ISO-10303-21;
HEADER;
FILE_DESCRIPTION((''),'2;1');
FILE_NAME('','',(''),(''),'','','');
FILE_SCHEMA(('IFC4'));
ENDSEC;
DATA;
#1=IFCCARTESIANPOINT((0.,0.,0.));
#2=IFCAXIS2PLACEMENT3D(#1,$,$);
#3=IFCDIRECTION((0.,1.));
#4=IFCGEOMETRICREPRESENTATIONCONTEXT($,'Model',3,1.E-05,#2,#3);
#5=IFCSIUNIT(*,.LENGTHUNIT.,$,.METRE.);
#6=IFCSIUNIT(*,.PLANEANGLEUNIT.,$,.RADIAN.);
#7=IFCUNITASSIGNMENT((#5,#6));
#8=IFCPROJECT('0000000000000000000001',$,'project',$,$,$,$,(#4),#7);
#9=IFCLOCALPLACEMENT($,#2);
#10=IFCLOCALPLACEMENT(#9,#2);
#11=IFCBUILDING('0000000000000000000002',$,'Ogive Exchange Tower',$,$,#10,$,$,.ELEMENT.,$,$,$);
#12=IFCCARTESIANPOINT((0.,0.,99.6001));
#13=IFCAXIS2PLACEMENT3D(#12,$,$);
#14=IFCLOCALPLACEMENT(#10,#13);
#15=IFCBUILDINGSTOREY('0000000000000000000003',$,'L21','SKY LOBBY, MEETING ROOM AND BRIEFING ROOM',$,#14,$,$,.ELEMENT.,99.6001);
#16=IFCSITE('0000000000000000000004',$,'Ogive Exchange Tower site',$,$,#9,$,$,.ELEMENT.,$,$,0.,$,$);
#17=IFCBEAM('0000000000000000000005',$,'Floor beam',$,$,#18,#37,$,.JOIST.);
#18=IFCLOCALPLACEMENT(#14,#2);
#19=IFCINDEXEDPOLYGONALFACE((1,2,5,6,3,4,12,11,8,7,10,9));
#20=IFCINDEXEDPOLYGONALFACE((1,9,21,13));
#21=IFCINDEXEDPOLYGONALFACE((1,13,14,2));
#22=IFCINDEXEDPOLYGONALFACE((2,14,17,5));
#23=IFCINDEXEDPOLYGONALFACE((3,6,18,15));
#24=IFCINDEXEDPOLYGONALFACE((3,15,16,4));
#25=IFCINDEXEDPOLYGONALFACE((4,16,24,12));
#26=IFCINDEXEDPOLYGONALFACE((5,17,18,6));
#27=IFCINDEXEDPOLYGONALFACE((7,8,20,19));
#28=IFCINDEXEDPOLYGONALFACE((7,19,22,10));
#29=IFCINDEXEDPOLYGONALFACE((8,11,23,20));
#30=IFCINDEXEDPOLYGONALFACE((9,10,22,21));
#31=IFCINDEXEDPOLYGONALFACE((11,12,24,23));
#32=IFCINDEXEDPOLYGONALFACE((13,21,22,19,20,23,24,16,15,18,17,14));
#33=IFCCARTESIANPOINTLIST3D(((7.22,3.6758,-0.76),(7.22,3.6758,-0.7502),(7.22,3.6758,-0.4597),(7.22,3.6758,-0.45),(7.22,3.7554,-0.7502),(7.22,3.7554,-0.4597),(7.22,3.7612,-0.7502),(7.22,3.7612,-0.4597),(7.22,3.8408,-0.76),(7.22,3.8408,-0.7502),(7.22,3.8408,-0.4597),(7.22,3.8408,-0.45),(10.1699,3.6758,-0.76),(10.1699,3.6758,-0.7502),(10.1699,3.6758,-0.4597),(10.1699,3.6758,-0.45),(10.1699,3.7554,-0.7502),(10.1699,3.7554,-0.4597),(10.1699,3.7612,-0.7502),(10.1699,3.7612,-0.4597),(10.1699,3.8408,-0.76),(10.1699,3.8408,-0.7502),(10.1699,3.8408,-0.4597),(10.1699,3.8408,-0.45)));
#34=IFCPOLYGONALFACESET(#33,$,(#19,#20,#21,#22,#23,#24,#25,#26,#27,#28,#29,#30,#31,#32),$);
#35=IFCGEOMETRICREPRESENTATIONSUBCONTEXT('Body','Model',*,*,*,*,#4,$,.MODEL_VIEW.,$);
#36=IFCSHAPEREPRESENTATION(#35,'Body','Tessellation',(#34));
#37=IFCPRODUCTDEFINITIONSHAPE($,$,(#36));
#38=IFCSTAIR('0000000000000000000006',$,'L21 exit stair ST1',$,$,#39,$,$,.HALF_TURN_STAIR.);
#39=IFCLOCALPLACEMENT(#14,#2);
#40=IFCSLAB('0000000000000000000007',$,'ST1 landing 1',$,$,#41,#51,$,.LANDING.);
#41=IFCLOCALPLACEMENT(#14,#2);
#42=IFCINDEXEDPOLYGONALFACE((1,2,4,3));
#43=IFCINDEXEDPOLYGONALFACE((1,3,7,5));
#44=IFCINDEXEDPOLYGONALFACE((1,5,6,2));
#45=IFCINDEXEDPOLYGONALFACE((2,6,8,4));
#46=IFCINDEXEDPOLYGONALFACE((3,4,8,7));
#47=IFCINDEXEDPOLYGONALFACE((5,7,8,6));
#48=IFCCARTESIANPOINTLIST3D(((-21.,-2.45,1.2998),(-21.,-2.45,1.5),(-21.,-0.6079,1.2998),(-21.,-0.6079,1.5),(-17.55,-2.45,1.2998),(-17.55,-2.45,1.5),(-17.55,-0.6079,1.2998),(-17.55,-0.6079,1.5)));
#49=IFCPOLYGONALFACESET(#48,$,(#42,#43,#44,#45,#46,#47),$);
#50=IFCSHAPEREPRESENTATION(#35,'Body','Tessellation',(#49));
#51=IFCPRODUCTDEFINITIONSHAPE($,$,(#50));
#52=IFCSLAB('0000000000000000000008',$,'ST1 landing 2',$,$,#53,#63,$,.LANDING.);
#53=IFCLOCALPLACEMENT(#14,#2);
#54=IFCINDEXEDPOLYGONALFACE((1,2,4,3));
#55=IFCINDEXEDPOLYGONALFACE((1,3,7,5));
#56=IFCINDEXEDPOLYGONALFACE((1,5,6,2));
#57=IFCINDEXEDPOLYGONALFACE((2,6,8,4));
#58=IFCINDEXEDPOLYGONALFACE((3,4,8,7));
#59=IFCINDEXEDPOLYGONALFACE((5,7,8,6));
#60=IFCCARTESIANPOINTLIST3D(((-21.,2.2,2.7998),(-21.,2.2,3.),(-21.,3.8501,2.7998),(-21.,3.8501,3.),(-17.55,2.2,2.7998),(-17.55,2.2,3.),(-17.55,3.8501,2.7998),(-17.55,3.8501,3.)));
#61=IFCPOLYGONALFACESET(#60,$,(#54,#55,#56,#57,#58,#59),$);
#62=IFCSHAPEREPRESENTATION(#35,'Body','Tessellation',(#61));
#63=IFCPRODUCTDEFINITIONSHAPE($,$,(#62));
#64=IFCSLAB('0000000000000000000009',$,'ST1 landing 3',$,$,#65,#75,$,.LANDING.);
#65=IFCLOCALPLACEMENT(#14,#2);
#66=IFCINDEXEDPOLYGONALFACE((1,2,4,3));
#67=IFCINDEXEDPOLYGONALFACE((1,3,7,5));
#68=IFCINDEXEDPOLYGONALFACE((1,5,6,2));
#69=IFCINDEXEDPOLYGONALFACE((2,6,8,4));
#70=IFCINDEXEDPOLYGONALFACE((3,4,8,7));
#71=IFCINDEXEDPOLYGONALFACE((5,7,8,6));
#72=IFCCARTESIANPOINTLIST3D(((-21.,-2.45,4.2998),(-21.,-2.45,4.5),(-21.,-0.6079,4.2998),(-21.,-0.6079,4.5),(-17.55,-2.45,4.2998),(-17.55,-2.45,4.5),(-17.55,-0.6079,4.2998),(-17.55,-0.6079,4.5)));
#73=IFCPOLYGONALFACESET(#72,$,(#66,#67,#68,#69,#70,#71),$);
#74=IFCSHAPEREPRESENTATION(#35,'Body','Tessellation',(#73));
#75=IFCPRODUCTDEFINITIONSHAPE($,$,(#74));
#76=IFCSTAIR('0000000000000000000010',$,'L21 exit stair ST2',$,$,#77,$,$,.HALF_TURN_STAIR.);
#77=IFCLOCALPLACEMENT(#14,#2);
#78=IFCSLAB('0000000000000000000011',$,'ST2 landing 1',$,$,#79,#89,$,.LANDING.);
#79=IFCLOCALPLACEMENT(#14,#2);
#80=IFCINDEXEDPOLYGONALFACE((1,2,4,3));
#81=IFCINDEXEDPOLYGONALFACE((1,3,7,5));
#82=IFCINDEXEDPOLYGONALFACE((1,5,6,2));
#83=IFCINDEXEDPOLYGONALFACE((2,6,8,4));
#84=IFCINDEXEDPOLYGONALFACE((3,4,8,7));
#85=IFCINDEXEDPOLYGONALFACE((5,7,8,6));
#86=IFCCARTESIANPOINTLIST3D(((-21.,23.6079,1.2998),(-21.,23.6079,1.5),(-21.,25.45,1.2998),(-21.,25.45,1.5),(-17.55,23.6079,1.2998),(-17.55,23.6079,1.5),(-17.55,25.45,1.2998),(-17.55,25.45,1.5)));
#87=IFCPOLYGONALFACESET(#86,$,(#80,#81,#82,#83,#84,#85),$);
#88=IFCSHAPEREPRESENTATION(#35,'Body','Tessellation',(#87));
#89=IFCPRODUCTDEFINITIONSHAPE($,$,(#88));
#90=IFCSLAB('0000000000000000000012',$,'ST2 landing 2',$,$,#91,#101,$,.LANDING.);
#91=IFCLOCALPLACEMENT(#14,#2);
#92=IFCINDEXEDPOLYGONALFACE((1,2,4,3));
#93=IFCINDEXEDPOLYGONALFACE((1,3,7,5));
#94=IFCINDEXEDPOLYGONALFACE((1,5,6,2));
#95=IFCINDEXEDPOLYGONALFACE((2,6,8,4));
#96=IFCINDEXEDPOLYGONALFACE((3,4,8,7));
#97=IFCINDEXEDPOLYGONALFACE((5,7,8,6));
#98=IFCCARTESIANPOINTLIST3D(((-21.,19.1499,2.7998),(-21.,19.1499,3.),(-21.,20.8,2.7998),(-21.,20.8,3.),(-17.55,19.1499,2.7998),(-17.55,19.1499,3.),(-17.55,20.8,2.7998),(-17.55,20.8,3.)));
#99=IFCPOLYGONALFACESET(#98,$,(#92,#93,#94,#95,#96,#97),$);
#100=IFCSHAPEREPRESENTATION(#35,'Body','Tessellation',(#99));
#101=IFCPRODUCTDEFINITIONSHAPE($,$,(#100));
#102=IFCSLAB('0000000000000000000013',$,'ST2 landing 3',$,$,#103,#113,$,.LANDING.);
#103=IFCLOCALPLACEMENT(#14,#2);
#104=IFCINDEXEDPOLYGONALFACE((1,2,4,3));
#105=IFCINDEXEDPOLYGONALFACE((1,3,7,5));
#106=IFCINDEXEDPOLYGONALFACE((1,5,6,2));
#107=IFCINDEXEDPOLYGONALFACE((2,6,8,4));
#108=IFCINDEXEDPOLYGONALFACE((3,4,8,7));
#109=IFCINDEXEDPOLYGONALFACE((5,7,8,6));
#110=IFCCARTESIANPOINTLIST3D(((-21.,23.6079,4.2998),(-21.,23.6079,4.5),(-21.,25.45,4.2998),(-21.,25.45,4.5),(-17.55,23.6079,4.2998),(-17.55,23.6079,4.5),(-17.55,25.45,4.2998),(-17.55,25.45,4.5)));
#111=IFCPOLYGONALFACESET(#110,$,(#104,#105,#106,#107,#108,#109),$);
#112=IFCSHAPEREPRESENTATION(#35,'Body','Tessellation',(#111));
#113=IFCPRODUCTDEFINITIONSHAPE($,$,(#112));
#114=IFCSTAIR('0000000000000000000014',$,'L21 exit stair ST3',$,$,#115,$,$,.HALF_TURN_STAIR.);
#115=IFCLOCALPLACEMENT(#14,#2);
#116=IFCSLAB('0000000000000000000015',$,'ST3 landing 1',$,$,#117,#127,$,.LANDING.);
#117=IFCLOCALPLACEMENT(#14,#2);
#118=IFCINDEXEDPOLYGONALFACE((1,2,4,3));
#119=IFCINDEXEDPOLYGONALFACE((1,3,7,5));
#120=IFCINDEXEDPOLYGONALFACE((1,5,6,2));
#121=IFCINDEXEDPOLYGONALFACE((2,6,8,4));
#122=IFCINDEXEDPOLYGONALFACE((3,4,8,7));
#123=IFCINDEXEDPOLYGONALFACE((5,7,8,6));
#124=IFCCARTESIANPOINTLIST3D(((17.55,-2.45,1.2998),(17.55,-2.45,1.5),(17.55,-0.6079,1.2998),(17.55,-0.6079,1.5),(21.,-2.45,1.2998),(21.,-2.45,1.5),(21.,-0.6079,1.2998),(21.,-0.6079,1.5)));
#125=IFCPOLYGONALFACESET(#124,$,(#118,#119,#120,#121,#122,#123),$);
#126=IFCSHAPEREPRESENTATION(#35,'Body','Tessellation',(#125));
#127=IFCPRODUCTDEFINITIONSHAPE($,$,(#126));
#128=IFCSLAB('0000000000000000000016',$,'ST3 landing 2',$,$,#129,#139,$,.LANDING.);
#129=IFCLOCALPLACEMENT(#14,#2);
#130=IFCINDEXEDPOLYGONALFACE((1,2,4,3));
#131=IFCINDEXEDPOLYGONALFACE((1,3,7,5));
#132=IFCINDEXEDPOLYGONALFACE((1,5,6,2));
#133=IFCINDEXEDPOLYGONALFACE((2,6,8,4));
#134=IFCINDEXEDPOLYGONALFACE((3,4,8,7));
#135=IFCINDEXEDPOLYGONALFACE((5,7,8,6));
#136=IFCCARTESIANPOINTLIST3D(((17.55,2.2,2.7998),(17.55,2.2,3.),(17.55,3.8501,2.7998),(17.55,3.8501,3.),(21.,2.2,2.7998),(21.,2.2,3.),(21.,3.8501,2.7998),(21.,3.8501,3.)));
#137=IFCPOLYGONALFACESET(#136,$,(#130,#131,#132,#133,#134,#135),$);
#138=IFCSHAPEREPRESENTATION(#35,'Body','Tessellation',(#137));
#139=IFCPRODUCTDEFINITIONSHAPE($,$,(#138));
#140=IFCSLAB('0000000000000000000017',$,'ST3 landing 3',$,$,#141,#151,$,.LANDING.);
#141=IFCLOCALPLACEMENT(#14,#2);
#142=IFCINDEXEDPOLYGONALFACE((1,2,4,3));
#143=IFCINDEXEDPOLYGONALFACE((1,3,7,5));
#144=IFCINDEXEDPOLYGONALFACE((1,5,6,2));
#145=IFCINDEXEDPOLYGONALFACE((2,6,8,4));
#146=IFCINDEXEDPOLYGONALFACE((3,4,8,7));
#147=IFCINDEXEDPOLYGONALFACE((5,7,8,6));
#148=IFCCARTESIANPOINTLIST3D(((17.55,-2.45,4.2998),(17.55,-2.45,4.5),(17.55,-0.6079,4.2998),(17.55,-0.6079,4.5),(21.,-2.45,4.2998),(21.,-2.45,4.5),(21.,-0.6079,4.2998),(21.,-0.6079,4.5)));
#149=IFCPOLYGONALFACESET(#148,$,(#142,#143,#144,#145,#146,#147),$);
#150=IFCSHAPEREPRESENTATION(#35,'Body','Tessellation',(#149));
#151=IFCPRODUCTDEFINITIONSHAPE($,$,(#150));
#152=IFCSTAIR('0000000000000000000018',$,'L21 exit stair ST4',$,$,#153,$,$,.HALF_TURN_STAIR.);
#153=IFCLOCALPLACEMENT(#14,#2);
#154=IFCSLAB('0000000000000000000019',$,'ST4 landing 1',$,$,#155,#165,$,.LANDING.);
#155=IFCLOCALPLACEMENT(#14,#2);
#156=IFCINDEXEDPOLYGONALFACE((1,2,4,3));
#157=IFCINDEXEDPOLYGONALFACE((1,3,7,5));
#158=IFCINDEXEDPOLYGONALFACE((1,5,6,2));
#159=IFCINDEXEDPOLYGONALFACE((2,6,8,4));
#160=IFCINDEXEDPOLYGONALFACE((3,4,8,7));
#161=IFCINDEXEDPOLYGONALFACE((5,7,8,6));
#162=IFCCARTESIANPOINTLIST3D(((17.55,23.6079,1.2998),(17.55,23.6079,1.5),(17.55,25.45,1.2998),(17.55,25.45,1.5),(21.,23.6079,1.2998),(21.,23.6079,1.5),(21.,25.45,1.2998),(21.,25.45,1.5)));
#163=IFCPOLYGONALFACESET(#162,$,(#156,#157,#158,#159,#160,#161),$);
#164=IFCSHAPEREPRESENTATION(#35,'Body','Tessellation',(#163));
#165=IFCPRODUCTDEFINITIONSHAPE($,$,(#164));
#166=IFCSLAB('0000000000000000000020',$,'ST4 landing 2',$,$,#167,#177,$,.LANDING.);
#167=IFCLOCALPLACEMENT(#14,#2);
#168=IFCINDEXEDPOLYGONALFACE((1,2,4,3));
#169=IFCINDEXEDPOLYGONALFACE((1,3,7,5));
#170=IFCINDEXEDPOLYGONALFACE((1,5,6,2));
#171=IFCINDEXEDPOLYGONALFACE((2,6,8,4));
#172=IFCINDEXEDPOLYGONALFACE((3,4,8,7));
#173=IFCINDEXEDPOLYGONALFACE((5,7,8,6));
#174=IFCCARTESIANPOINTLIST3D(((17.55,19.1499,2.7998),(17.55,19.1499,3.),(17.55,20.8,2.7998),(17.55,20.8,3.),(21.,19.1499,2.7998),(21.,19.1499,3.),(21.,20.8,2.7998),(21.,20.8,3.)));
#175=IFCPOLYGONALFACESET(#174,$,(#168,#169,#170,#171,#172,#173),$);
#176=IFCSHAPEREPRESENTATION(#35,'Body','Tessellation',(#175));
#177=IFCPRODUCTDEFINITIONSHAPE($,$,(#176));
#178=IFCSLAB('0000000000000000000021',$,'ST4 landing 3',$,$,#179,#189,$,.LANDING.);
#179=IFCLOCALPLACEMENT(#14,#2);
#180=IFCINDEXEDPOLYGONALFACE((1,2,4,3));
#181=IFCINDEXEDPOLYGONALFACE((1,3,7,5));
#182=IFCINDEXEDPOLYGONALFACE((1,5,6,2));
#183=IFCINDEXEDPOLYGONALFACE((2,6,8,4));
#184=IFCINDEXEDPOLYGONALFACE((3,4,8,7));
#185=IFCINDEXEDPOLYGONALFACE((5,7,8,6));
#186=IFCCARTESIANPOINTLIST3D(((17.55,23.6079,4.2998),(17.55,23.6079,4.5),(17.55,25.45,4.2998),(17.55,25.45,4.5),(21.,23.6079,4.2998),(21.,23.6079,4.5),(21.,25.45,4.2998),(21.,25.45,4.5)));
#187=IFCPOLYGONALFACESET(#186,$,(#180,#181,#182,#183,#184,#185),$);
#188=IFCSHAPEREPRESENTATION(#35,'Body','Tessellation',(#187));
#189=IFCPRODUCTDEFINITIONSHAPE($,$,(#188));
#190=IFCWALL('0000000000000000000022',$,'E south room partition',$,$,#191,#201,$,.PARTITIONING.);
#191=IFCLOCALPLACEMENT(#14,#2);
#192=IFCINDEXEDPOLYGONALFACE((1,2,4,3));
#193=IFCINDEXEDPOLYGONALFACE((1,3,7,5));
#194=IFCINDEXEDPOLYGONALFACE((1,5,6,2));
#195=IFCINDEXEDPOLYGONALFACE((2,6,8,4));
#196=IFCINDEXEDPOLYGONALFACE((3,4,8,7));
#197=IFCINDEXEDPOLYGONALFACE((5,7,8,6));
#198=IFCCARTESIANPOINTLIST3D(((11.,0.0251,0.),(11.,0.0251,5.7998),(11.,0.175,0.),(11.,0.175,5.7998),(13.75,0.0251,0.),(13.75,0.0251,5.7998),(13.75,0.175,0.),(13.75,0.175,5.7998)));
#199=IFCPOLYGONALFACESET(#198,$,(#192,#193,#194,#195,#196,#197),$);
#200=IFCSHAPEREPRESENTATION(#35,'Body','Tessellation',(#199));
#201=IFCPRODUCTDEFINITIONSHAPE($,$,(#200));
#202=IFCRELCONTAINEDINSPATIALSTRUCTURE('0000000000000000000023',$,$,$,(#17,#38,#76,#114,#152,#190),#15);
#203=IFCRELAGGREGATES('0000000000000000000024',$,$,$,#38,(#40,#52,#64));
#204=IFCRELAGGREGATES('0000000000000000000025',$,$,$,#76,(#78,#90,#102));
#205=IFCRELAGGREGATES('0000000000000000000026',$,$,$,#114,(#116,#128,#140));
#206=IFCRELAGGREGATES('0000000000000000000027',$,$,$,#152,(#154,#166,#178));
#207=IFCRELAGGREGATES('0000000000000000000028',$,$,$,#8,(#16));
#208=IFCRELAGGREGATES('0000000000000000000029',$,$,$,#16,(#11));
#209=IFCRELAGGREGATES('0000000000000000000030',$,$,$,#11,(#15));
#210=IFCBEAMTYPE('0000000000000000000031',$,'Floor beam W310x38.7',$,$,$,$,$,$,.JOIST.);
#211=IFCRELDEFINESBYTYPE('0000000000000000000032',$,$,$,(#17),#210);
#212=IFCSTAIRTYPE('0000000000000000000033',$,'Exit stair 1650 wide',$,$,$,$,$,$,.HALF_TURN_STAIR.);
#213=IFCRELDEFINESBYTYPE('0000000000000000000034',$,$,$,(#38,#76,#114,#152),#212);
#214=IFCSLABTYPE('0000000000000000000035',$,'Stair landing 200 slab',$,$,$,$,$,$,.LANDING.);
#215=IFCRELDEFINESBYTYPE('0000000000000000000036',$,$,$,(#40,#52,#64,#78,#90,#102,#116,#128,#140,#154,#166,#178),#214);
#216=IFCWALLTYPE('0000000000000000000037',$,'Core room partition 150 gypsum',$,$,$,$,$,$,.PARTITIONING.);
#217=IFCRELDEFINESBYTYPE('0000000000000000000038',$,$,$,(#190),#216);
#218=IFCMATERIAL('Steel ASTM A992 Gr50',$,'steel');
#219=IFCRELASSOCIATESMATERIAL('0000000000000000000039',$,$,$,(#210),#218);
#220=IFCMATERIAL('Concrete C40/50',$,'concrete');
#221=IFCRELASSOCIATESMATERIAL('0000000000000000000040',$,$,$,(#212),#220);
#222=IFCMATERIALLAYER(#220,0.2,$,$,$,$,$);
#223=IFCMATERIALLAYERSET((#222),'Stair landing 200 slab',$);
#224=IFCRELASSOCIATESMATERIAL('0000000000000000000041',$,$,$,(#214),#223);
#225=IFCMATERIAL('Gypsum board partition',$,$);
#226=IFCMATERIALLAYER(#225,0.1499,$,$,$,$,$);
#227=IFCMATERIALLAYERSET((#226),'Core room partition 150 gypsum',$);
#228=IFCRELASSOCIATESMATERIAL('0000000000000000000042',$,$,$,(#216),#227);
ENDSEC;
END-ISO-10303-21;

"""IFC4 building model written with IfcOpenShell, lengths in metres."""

from ifc_helpers import new_model, si_unit, direction, frame, frame_2d, origin, origin_2d, place, context, subcontext, project, spatial, polyline, rectangle, i_section, outline, extrude, material, layer, layer_set, material_profile, profile_set, type_object, element, aggregate, save


model = new_model("IFC4")

# Units and contexts
model_context = context("Model", 3, precision=1e-05, world=origin(), true_north=direction((0.0, 1.0)))
body_context = subcontext(model_context, "Body", "Model", "MODEL_VIEW")
ifc_project = project(units=[si_unit("LENGTHUNIT", "METRE"), si_unit("PLANEANGLEUNIT", "RADIAN")], contexts=[model_context])

# Site, building, storey
site_placement = place(None, origin())
site = spatial("IfcSite", under=ifc_project, at=site_placement, Name="Ogive Exchange Tower site", CompositionType="ELEMENT", RefElevation=0.0)
building_placement = place(site_placement, origin())
building = spatial("IfcBuilding", under=site, at=building_placement, Name="Ogive Exchange Tower", CompositionType="ELEMENT")
storey_placement = place(building_placement, frame((0.0, 0.0, 99.6001)))
storey = spatial("IfcBuildingStorey", under=building, at=storey_placement, Name="L21", Description="SKY LOBBY, MEETING ROOM AND BRIEFING ROOM", CompositionType="ELEMENT", Elevation=99.6001)

# Beam
ifc_material_1 = material(Name="Steel ASTM A992 Gr50", Category="steel")
ifc_material_profile = material_profile(ifc_material_1, i_section(OverallWidth=0.165, OverallDepth=0.3101, WebThickness=0.0059, FlangeThickness=0.0098, at=origin_2d()), Name="W310x38.7")
ifc_profile_set = profile_set([ifc_material_profile], Name="Steel ASTM A992 Gr50")
beam_type = type_object("IfcBeamType", Name="Floor beam W310x38.7", PredefinedType="JOIST", material=ifc_profile_set)
beam_placement = place(storey_placement, frame((7.22, 3.7583, -0.605), z_axis=(1.0, 0.0, 0.0), x_axis=(0.0, 1.0, 0.0)))
element("IfcBeam", 1, at=beam_placement, inside=storey, type_object=beam_type, Name="Floor beam", PredefinedType="JOIST", context=body_context, shape_type="SweptSolid", body=[
    extrude(i_section(OverallWidth=0.165, OverallDepth=0.3101, WebThickness=0.0059, FlangeThickness=0.0098, at=origin_2d()), origin(), (0.0, 0.0, 1.0), 2.95),
])

# Stairs, slabs
ifc_material_2 = material(Name="Concrete C40/50", Category="concrete")
stair_type = type_object("IfcStairType", Name="Exit stair 1650 wide", PredefinedType="HALF_TURN_STAIR", material=ifc_material_2)
stair_1_placement = place(storey_placement, origin())
stair_1 = element("IfcStair", 2, at=stair_1_placement, inside=storey, type_object=stair_type, Name="L21 exit stair ST1", PredefinedType="HALF_TURN_STAIR")
ifc_layer_1 = layer(ifc_material_2, 0.2)
ifc_layer_set_1 = layer_set([ifc_layer_1], Name="Stair landing 200 slab")
slab_type = type_object("IfcSlabType", Name="Stair landing 200 slab", PredefinedType="LANDING", material=ifc_layer_set_1)
slab_1_placement = place(storey_placement, frame((0.0, 0.0, 1.2998)))
slab_1 = element("IfcSlab", 3, at=slab_1_placement, type_object=slab_type, Name="ST1 landing 1", PredefinedType="LANDING", context=body_context, shape_type="SweptSolid", body=[
    extrude(outline(polyline([(-21.0, -0.6079), (-21.0, -2.45), (-17.55, -2.45), (-17.55, -0.6079), (-21.0, -0.6079)])), origin(), (0.0, 0.0, 1.0), 0.2002),
])
slab_2_placement = place(storey_placement, frame((0.0, 0.0, 2.7998)))
slab_2 = element("IfcSlab", 4, at=slab_2_placement, type_object=slab_type, Name="ST1 landing 2", PredefinedType="LANDING", context=body_context, shape_type="SweptSolid", body=[
    extrude(outline(polyline([(-21.0, 3.8501), (-21.0, 2.2), (-17.55, 2.2), (-17.55, 3.8501), (-21.0, 3.8501)])), origin(), (0.0, 0.0, 1.0), 0.2002),
])
slab_3_placement = place(storey_placement, frame((0.0, 0.0, 4.2998)))
slab_3 = element("IfcSlab", 5, at=slab_3_placement, type_object=slab_type, Name="ST1 landing 3", PredefinedType="LANDING", context=body_context, shape_type="SweptSolid", body=[
    extrude(outline(polyline([(-21.0, -0.6079), (-21.0, -2.45), (-17.55, -2.45), (-17.55, -0.6079), (-21.0, -0.6079)])), origin(), (0.0, 0.0, 1.0), 0.2002),
])
aggregate(stair_1, [slab_1, slab_2, slab_3])
stair_2_placement = place(storey_placement, origin())
stair_2 = element("IfcStair", 6, at=stair_2_placement, inside=storey, type_object=stair_type, Name="L21 exit stair ST2", PredefinedType="HALF_TURN_STAIR")
slab_4_placement = place(storey_placement, frame((0.0, 0.0, 1.2998)))
slab_4 = element("IfcSlab", 7, at=slab_4_placement, type_object=slab_type, Name="ST2 landing 1", PredefinedType="LANDING", context=body_context, shape_type="SweptSolid", body=[
    extrude(outline(polyline([(-17.55, 23.6079), (-17.55, 25.45), (-21.0, 25.45), (-21.0, 23.6079), (-17.55, 23.6079)])), origin(), (0.0, 0.0, 1.0), 0.2002),
])
slab_5_placement = place(storey_placement, frame((0.0, 0.0, 2.7998)))
slab_5 = element("IfcSlab", 8, at=slab_5_placement, type_object=slab_type, Name="ST2 landing 2", PredefinedType="LANDING", context=body_context, shape_type="SweptSolid", body=[
    extrude(outline(polyline([(-17.55, 19.1499), (-17.55, 20.8), (-21.0, 20.8), (-21.0, 19.1499), (-17.55, 19.1499)])), origin(), (0.0, 0.0, 1.0), 0.2002),
])
slab_6_placement = place(storey_placement, frame((0.0, 0.0, 4.2998)))
slab_6 = element("IfcSlab", 9, at=slab_6_placement, type_object=slab_type, Name="ST2 landing 3", PredefinedType="LANDING", context=body_context, shape_type="SweptSolid", body=[
    extrude(outline(polyline([(-17.55, 23.6079), (-17.55, 25.45), (-21.0, 25.45), (-21.0, 23.6079), (-17.55, 23.6079)])), origin(), (0.0, 0.0, 1.0), 0.2002),
])
aggregate(stair_2, [slab_4, slab_5, slab_6])
stair_3_placement = place(storey_placement, origin())
stair_3 = element("IfcStair", 10, at=stair_3_placement, inside=storey, type_object=stair_type, Name="L21 exit stair ST3", PredefinedType="HALF_TURN_STAIR")
slab_7_placement = place(storey_placement, frame((0.0, 0.0, 1.2998)))
slab_7 = element("IfcSlab", 11, at=slab_7_placement, type_object=slab_type, Name="ST3 landing 1", PredefinedType="LANDING", context=body_context, shape_type="SweptSolid", body=[
    extrude(outline(polyline([(17.55, -0.6079), (17.55, -2.45), (21.0, -2.45), (21.0, -0.6079), (17.55, -0.6079)])), origin(), (0.0, 0.0, 1.0), 0.2002),
])
slab_8_placement = place(storey_placement, frame((0.0, 0.0, 2.7998)))
slab_8 = element("IfcSlab", 12, at=slab_8_placement, type_object=slab_type, Name="ST3 landing 2", PredefinedType="LANDING", context=body_context, shape_type="SweptSolid", body=[
    extrude(outline(polyline([(17.55, 3.8501), (17.55, 2.2), (21.0, 2.2), (21.0, 3.8501), (17.55, 3.8501)])), origin(), (0.0, 0.0, 1.0), 0.2002),
])
slab_9_placement = place(storey_placement, frame((0.0, 0.0, 4.2998)))
slab_9 = element("IfcSlab", 13, at=slab_9_placement, type_object=slab_type, Name="ST3 landing 3", PredefinedType="LANDING", context=body_context, shape_type="SweptSolid", body=[
    extrude(outline(polyline([(17.55, -0.6079), (17.55, -2.45), (21.0, -2.45), (21.0, -0.6079), (17.55, -0.6079)])), origin(), (0.0, 0.0, 1.0), 0.2002),
])
aggregate(stair_3, [slab_7, slab_8, slab_9])
stair_4_placement = place(storey_placement, origin())
stair_4 = element("IfcStair", 14, at=stair_4_placement, inside=storey, type_object=stair_type, Name="L21 exit stair ST4", PredefinedType="HALF_TURN_STAIR")
slab_10_placement = place(storey_placement, frame((0.0, 0.0, 1.2998)))
slab_10 = element("IfcSlab", 15, at=slab_10_placement, type_object=slab_type, Name="ST4 landing 1", PredefinedType="LANDING", context=body_context, shape_type="SweptSolid", body=[
    extrude(outline(polyline([(21.0, 23.6079), (21.0, 25.45), (17.55, 25.45), (17.55, 23.6079), (21.0, 23.6079)])), origin(), (0.0, 0.0, 1.0), 0.2002),
])
slab_11_placement = place(storey_placement, frame((0.0, 0.0, 2.7998)))
slab_11 = element("IfcSlab", 16, at=slab_11_placement, type_object=slab_type, Name="ST4 landing 2", PredefinedType="LANDING", context=body_context, shape_type="SweptSolid", body=[
    extrude(outline(polyline([(21.0, 19.1499), (21.0, 20.8), (17.55, 20.8), (17.55, 19.1499), (21.0, 19.1499)])), origin(), (0.0, 0.0, 1.0), 0.2002),
])
slab_12_placement = place(storey_placement, frame((0.0, 0.0, 4.2998)))
slab_12 = element("IfcSlab", 17, at=slab_12_placement, type_object=slab_type, Name="ST4 landing 3", PredefinedType="LANDING", context=body_context, shape_type="SweptSolid", body=[
    extrude(outline(polyline([(21.0, 23.6079), (21.0, 25.45), (17.55, 25.45), (17.55, 23.6079), (21.0, 23.6079)])), origin(), (0.0, 0.0, 1.0), 0.2002),
])
aggregate(stair_4, [slab_10, slab_11, slab_12])

# Wall
ifc_material_3 = material(Name="Gypsum board partition")
ifc_layer_2 = layer(ifc_material_3, 0.1499)
ifc_layer_set_2 = layer_set([ifc_layer_2], Name="Core room partition 150 gypsum")
wall_type_1 = type_object("IfcWallType", Name="Core room partition 150 gypsum", PredefinedType="PARTITIONING", material=ifc_layer_set_2)
wall_1_placement = place(storey_placement, frame((11.0, 0.1001, 0.0), z_axis=(0.0, 0.0, 1.0), x_axis=(1.0, 0.0, 0.0)))
element("IfcWall", 18, at=wall_1_placement, inside=storey, type_object=wall_type_1, Name="E south room partition", PredefinedType="PARTITIONING", context=body_context, shape_type="SweptSolid", body=[
    extrude(rectangle(XDim=2.75, YDim=0.1499, at=frame_2d((1.375, 0.0))), origin(), (0.0, 0.0, 1.0), 5.7998),
])

save(model, "model.ifc")
